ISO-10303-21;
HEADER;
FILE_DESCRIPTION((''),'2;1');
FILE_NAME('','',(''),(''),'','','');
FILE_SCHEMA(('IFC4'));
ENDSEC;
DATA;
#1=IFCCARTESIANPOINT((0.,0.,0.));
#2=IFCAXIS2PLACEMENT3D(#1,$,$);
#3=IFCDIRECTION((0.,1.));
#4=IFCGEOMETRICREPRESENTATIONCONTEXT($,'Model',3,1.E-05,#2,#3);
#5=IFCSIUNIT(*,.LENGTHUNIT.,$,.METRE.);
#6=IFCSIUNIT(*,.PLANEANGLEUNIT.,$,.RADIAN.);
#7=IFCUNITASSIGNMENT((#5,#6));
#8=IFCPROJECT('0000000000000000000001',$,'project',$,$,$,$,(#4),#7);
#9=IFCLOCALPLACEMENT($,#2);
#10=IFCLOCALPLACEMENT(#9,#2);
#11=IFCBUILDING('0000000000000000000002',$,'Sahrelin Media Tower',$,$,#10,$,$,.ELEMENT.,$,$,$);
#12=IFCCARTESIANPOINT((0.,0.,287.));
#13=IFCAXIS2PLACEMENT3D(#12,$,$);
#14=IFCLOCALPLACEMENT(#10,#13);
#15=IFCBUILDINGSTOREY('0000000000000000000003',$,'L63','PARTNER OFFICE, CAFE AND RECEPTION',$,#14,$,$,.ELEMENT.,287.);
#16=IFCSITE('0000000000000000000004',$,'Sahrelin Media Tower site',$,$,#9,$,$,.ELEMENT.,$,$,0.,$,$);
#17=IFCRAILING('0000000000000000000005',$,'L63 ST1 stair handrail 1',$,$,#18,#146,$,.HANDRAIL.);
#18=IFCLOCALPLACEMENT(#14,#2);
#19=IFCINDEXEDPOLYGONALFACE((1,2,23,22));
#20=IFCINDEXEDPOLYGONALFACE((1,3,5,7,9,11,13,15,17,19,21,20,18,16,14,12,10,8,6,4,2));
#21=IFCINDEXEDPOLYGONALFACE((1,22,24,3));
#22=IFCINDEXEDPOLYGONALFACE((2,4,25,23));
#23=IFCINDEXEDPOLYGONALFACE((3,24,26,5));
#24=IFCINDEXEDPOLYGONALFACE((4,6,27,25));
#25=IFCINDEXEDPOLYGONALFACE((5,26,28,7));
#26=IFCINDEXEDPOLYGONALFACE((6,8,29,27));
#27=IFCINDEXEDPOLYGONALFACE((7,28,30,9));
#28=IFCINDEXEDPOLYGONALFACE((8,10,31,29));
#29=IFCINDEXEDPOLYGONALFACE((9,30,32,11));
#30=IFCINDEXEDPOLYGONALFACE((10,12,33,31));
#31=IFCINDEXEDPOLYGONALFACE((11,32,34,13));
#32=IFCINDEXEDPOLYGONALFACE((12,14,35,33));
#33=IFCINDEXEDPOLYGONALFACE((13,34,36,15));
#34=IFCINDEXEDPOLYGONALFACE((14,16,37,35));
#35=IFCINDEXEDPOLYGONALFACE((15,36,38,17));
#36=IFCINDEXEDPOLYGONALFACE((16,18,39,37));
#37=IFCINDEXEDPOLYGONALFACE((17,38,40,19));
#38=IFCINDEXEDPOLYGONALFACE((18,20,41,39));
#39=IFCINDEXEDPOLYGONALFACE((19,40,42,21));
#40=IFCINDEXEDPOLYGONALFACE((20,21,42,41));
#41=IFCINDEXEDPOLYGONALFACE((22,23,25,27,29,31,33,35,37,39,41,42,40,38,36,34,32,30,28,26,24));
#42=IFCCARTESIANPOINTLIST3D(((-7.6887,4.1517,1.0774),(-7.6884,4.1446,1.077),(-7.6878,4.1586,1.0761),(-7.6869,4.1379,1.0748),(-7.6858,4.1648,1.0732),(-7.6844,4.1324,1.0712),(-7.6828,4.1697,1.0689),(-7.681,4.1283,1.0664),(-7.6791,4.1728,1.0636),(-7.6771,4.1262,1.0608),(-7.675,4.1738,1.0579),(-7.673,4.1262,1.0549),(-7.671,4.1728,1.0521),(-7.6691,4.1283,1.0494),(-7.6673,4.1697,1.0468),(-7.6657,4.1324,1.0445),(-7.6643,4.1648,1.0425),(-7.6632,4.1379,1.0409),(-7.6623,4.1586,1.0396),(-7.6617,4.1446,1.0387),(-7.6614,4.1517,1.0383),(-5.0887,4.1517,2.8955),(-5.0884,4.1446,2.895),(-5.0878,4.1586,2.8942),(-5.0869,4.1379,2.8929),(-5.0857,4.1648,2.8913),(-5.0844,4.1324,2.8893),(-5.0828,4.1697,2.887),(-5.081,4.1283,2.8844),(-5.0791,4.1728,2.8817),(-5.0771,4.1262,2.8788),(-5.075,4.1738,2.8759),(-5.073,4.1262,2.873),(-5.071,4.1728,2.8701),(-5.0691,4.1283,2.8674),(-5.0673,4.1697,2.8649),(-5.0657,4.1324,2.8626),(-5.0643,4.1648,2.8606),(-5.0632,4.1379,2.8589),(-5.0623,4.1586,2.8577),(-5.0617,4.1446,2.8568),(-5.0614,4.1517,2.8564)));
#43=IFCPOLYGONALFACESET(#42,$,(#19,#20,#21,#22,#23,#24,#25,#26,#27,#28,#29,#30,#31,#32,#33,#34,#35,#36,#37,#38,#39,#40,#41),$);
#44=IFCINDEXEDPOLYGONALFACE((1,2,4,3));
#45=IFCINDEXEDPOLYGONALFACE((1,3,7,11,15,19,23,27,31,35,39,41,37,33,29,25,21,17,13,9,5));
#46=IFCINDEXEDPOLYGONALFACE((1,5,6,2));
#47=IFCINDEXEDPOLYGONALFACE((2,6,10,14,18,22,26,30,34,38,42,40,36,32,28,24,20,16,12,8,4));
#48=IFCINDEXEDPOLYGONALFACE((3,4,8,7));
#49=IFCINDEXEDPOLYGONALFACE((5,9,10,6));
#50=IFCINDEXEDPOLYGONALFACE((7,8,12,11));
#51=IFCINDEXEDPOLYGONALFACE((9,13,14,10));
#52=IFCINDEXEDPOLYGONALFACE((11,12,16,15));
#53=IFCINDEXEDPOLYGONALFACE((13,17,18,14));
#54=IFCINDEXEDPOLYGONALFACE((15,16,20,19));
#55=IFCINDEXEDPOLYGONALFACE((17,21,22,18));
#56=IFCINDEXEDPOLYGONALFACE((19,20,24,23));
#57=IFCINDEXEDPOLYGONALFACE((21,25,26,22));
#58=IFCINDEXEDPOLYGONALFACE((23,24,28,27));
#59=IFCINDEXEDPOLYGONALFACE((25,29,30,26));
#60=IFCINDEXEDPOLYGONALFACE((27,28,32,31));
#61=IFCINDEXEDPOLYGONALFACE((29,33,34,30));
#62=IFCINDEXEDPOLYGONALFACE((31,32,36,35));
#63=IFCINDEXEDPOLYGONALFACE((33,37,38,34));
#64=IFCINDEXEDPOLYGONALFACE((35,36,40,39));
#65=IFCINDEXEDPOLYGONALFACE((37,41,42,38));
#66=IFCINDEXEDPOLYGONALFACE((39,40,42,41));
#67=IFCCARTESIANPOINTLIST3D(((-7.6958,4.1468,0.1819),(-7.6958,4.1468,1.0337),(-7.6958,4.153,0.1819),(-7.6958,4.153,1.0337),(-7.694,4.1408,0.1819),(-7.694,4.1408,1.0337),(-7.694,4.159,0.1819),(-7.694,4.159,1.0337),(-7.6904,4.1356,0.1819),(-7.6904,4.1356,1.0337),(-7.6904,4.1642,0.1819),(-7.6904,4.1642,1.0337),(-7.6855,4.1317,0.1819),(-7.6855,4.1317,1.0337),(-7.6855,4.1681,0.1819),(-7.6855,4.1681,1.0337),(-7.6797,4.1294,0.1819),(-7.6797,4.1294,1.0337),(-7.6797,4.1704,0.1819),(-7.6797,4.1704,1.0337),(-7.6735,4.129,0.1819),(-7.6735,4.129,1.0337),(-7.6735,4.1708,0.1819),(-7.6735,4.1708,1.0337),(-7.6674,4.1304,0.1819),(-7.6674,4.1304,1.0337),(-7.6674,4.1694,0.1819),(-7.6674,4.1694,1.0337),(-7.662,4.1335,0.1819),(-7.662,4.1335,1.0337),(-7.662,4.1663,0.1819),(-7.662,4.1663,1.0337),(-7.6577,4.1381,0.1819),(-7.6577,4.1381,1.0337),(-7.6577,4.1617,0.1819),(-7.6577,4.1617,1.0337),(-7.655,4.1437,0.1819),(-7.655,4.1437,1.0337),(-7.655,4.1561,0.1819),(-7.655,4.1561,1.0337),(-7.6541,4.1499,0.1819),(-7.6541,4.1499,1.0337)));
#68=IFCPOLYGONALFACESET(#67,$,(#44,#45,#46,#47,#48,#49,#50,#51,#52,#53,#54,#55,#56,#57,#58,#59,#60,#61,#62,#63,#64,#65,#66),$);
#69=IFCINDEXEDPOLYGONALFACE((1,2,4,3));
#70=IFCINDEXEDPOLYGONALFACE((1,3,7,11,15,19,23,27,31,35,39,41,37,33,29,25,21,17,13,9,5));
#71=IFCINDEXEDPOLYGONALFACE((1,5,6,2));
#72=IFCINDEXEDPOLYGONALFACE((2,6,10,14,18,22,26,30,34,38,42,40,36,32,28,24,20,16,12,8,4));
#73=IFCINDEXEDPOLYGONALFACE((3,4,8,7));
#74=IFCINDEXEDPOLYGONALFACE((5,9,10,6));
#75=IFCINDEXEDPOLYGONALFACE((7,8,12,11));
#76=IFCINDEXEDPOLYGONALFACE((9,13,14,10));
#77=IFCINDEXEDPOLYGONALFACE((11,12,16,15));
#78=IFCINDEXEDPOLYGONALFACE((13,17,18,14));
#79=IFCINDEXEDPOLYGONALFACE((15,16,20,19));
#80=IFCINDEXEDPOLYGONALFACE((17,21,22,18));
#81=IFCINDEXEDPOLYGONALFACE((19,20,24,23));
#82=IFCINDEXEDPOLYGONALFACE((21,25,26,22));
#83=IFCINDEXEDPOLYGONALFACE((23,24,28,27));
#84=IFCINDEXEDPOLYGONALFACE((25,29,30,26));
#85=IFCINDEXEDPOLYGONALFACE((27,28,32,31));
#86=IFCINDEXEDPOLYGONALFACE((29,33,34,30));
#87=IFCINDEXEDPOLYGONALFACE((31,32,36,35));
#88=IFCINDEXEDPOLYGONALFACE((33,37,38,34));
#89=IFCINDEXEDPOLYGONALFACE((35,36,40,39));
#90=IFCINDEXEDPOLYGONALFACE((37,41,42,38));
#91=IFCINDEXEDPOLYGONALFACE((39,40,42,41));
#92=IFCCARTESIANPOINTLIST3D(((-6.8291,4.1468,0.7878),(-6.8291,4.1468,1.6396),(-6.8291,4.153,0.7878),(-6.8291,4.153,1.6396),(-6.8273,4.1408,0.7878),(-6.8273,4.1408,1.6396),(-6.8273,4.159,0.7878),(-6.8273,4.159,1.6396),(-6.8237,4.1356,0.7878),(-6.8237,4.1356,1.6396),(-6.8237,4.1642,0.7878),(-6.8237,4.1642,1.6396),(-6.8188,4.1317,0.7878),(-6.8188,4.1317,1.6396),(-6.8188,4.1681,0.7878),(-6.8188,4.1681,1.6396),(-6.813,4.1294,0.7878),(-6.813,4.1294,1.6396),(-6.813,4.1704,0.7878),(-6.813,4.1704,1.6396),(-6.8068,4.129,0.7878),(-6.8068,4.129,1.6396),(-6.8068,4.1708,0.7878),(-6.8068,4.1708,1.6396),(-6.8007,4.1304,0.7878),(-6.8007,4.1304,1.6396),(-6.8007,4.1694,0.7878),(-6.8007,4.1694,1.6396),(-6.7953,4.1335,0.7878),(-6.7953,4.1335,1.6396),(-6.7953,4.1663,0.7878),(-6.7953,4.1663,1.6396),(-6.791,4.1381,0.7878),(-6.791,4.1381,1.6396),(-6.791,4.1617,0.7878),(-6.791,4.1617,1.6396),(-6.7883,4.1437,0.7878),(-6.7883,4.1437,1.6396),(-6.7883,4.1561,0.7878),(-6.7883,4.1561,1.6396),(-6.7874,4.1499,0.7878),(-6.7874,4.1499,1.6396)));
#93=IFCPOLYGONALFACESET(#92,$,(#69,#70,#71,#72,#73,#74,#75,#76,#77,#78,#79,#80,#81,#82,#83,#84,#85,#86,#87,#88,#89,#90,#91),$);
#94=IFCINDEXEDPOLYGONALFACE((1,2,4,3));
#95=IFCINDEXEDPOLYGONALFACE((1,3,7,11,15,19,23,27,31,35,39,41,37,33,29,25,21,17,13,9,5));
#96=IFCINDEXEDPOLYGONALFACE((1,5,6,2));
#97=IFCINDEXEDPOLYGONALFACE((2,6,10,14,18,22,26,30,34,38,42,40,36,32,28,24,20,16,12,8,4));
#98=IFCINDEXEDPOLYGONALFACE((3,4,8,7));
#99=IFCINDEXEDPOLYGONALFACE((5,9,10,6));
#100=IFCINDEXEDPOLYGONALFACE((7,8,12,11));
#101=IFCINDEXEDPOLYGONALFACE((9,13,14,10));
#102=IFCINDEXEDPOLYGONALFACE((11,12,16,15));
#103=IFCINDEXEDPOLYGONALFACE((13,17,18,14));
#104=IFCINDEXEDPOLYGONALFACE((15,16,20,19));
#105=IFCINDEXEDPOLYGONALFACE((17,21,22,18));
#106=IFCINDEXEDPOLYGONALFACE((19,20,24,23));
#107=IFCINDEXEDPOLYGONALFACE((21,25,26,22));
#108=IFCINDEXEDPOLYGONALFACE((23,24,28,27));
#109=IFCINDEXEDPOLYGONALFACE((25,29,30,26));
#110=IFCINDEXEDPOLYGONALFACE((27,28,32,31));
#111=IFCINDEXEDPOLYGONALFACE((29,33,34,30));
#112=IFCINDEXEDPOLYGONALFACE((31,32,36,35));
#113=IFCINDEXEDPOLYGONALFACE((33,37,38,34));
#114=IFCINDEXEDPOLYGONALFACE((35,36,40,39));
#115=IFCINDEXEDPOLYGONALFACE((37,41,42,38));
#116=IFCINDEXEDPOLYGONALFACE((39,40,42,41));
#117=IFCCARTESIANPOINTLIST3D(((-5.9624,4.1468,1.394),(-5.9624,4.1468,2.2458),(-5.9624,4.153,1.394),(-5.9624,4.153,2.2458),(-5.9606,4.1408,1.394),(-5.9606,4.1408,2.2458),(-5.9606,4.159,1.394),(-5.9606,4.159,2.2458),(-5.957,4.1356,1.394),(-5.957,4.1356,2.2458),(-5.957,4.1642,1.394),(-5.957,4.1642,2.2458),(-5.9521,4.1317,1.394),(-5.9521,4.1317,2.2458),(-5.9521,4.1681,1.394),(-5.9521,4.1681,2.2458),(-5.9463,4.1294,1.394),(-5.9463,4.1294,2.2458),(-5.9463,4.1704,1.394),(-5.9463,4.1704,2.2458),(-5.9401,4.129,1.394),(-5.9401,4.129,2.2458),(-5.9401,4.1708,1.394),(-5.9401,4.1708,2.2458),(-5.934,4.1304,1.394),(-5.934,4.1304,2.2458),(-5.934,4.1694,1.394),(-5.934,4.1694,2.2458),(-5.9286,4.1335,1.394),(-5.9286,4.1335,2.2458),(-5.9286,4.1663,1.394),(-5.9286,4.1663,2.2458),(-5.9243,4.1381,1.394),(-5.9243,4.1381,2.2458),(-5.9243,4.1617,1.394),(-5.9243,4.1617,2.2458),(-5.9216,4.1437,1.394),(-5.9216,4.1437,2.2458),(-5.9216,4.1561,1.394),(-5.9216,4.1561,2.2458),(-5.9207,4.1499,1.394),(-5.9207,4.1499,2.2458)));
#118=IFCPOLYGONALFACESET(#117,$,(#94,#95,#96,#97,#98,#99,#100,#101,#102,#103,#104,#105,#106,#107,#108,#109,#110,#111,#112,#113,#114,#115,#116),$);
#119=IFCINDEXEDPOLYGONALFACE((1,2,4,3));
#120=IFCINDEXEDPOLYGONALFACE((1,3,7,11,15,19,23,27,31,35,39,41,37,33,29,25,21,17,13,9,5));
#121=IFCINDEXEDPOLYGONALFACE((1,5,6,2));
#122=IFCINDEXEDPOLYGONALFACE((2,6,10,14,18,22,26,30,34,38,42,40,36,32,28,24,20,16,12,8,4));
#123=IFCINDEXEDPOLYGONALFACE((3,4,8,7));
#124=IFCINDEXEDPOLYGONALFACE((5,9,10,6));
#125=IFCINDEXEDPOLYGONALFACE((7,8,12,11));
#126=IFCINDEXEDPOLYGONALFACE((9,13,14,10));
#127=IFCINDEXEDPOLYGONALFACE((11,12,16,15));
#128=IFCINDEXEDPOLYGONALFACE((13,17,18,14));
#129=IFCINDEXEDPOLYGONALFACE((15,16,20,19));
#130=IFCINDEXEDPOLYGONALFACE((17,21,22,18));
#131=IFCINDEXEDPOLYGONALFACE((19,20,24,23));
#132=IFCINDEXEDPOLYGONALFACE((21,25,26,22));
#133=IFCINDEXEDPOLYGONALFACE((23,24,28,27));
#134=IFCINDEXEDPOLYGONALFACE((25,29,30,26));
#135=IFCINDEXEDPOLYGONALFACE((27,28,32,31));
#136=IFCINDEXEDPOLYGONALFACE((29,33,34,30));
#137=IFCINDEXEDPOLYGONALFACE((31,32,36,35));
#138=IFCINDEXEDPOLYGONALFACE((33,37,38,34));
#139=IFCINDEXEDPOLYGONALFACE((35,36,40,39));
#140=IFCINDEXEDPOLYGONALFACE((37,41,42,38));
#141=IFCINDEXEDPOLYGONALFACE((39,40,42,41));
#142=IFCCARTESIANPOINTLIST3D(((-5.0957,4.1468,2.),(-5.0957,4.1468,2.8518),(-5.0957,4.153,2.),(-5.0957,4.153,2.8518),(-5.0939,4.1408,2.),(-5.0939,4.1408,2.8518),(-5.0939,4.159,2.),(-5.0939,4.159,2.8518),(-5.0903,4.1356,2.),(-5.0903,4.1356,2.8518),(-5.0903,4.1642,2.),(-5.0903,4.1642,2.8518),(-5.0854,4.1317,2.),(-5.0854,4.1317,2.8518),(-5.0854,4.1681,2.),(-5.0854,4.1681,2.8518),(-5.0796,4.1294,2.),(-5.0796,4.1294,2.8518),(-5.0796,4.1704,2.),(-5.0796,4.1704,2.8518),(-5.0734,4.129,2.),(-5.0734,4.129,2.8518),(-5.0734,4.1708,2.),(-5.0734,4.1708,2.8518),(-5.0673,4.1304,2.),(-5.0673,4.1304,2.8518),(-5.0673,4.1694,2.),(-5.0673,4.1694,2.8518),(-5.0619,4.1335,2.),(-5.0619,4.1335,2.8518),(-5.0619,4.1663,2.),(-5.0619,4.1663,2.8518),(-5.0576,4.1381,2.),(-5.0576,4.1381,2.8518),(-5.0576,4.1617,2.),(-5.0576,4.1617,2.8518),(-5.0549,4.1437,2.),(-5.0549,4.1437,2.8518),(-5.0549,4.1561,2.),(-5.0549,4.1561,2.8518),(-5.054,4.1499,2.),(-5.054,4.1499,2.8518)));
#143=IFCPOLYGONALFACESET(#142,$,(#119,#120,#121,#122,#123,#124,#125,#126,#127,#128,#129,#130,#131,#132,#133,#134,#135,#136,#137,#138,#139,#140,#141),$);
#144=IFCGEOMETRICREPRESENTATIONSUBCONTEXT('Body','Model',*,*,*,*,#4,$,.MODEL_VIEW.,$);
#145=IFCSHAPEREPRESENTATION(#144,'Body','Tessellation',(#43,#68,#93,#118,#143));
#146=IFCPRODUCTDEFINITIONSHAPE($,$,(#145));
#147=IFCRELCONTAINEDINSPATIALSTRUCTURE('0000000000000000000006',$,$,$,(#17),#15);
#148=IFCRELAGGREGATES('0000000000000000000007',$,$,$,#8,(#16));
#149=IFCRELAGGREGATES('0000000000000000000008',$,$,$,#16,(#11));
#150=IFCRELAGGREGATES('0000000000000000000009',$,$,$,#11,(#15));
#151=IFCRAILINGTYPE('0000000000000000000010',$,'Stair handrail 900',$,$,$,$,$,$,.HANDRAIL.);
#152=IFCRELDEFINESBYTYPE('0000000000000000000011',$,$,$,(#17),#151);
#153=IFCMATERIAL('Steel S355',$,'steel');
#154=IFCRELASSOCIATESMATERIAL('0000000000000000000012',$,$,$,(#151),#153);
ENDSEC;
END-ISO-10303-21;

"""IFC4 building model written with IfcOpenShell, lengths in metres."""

from ifc_helpers import new_model, si_unit, direction, frame, origin, origin_2d, place, context, subcontext, project, spatial, circle, extrude, material, type_object, element, save


model = new_model("IFC4")

# Units and contexts
model_context = context("Model", 3, precision=1e-05, world=origin(), true_north=direction((0.0, 1.0)))
body_context = subcontext(model_context, "Body", "Model", "MODEL_VIEW")
ifc_project = project(units=[si_unit("LENGTHUNIT", "METRE"), si_unit("PLANEANGLEUNIT", "RADIAN")], contexts=[model_context])

# Site, building, storey
site_placement = place(None, origin())
site = spatial("IfcSite", under=ifc_project, at=site_placement, Name="Sahrelin Media Tower site", CompositionType="ELEMENT", RefElevation=0.0)
building_placement = place(site_placement, origin())
building = spatial("IfcBuilding", under=site, at=building_placement, Name="Sahrelin Media Tower", CompositionType="ELEMENT")
storey_placement = place(building_placement, frame((0.0, 0.0, 287.0)))
storey = spatial("IfcBuildingStorey", under=building, at=storey_placement, Name="L63", Description="PARTNER OFFICE, CAFE AND RECEPTION", CompositionType="ELEMENT", Elevation=287.0)

# Shared definitions
ifc_material_1 = material(Name="Steel S355", Category="steel")

# Railing
railing_type_1 = type_object("IfcRailingType", Name="Stair handrail 900", PredefinedType="HANDRAIL", material=ifc_material_1)
railing_1_placement = place(storey_placement, frame((-7.675, 4.1499, 0.1819)))
element("IfcRailing", 1, at=railing_1_placement, inside=storey, type_object=railing_type_1, Name="L63 ST1 stair handrail 1", PredefinedType="HANDRAIL", context=body_context, shape_type="SweptSolid", body=[
    extrude(circle(Radius=0.0239, at=origin_2d()), frame((0.0, 0.0, 0.876), z_axis=(0.819521, 0.0, 0.573049), x_axis=(0.0, 1.0, 0.0)), (0.0, 0.0, 1.0), 3.1726),
    extrude(circle(Radius=0.021, at=origin_2d()), origin(), (0.0, 0.0, 1.0), 0.8518),
    extrude(circle(Radius=0.021, at=origin_2d()), frame((0.8667, 0.0, 0.606)), (0.0, 0.0, 1.0), 0.8518),
    extrude(circle(Radius=0.021, at=origin_2d()), frame((1.7334, 0.0, 1.2122)), (0.0, 0.0, 1.0), 0.8518),
    extrude(circle(Radius=0.021, at=origin_2d()), frame((2.6001, 0.0, 1.8181)), (0.0, 0.0, 1.0), 0.8518),
])

save(model, "model.ifc")
